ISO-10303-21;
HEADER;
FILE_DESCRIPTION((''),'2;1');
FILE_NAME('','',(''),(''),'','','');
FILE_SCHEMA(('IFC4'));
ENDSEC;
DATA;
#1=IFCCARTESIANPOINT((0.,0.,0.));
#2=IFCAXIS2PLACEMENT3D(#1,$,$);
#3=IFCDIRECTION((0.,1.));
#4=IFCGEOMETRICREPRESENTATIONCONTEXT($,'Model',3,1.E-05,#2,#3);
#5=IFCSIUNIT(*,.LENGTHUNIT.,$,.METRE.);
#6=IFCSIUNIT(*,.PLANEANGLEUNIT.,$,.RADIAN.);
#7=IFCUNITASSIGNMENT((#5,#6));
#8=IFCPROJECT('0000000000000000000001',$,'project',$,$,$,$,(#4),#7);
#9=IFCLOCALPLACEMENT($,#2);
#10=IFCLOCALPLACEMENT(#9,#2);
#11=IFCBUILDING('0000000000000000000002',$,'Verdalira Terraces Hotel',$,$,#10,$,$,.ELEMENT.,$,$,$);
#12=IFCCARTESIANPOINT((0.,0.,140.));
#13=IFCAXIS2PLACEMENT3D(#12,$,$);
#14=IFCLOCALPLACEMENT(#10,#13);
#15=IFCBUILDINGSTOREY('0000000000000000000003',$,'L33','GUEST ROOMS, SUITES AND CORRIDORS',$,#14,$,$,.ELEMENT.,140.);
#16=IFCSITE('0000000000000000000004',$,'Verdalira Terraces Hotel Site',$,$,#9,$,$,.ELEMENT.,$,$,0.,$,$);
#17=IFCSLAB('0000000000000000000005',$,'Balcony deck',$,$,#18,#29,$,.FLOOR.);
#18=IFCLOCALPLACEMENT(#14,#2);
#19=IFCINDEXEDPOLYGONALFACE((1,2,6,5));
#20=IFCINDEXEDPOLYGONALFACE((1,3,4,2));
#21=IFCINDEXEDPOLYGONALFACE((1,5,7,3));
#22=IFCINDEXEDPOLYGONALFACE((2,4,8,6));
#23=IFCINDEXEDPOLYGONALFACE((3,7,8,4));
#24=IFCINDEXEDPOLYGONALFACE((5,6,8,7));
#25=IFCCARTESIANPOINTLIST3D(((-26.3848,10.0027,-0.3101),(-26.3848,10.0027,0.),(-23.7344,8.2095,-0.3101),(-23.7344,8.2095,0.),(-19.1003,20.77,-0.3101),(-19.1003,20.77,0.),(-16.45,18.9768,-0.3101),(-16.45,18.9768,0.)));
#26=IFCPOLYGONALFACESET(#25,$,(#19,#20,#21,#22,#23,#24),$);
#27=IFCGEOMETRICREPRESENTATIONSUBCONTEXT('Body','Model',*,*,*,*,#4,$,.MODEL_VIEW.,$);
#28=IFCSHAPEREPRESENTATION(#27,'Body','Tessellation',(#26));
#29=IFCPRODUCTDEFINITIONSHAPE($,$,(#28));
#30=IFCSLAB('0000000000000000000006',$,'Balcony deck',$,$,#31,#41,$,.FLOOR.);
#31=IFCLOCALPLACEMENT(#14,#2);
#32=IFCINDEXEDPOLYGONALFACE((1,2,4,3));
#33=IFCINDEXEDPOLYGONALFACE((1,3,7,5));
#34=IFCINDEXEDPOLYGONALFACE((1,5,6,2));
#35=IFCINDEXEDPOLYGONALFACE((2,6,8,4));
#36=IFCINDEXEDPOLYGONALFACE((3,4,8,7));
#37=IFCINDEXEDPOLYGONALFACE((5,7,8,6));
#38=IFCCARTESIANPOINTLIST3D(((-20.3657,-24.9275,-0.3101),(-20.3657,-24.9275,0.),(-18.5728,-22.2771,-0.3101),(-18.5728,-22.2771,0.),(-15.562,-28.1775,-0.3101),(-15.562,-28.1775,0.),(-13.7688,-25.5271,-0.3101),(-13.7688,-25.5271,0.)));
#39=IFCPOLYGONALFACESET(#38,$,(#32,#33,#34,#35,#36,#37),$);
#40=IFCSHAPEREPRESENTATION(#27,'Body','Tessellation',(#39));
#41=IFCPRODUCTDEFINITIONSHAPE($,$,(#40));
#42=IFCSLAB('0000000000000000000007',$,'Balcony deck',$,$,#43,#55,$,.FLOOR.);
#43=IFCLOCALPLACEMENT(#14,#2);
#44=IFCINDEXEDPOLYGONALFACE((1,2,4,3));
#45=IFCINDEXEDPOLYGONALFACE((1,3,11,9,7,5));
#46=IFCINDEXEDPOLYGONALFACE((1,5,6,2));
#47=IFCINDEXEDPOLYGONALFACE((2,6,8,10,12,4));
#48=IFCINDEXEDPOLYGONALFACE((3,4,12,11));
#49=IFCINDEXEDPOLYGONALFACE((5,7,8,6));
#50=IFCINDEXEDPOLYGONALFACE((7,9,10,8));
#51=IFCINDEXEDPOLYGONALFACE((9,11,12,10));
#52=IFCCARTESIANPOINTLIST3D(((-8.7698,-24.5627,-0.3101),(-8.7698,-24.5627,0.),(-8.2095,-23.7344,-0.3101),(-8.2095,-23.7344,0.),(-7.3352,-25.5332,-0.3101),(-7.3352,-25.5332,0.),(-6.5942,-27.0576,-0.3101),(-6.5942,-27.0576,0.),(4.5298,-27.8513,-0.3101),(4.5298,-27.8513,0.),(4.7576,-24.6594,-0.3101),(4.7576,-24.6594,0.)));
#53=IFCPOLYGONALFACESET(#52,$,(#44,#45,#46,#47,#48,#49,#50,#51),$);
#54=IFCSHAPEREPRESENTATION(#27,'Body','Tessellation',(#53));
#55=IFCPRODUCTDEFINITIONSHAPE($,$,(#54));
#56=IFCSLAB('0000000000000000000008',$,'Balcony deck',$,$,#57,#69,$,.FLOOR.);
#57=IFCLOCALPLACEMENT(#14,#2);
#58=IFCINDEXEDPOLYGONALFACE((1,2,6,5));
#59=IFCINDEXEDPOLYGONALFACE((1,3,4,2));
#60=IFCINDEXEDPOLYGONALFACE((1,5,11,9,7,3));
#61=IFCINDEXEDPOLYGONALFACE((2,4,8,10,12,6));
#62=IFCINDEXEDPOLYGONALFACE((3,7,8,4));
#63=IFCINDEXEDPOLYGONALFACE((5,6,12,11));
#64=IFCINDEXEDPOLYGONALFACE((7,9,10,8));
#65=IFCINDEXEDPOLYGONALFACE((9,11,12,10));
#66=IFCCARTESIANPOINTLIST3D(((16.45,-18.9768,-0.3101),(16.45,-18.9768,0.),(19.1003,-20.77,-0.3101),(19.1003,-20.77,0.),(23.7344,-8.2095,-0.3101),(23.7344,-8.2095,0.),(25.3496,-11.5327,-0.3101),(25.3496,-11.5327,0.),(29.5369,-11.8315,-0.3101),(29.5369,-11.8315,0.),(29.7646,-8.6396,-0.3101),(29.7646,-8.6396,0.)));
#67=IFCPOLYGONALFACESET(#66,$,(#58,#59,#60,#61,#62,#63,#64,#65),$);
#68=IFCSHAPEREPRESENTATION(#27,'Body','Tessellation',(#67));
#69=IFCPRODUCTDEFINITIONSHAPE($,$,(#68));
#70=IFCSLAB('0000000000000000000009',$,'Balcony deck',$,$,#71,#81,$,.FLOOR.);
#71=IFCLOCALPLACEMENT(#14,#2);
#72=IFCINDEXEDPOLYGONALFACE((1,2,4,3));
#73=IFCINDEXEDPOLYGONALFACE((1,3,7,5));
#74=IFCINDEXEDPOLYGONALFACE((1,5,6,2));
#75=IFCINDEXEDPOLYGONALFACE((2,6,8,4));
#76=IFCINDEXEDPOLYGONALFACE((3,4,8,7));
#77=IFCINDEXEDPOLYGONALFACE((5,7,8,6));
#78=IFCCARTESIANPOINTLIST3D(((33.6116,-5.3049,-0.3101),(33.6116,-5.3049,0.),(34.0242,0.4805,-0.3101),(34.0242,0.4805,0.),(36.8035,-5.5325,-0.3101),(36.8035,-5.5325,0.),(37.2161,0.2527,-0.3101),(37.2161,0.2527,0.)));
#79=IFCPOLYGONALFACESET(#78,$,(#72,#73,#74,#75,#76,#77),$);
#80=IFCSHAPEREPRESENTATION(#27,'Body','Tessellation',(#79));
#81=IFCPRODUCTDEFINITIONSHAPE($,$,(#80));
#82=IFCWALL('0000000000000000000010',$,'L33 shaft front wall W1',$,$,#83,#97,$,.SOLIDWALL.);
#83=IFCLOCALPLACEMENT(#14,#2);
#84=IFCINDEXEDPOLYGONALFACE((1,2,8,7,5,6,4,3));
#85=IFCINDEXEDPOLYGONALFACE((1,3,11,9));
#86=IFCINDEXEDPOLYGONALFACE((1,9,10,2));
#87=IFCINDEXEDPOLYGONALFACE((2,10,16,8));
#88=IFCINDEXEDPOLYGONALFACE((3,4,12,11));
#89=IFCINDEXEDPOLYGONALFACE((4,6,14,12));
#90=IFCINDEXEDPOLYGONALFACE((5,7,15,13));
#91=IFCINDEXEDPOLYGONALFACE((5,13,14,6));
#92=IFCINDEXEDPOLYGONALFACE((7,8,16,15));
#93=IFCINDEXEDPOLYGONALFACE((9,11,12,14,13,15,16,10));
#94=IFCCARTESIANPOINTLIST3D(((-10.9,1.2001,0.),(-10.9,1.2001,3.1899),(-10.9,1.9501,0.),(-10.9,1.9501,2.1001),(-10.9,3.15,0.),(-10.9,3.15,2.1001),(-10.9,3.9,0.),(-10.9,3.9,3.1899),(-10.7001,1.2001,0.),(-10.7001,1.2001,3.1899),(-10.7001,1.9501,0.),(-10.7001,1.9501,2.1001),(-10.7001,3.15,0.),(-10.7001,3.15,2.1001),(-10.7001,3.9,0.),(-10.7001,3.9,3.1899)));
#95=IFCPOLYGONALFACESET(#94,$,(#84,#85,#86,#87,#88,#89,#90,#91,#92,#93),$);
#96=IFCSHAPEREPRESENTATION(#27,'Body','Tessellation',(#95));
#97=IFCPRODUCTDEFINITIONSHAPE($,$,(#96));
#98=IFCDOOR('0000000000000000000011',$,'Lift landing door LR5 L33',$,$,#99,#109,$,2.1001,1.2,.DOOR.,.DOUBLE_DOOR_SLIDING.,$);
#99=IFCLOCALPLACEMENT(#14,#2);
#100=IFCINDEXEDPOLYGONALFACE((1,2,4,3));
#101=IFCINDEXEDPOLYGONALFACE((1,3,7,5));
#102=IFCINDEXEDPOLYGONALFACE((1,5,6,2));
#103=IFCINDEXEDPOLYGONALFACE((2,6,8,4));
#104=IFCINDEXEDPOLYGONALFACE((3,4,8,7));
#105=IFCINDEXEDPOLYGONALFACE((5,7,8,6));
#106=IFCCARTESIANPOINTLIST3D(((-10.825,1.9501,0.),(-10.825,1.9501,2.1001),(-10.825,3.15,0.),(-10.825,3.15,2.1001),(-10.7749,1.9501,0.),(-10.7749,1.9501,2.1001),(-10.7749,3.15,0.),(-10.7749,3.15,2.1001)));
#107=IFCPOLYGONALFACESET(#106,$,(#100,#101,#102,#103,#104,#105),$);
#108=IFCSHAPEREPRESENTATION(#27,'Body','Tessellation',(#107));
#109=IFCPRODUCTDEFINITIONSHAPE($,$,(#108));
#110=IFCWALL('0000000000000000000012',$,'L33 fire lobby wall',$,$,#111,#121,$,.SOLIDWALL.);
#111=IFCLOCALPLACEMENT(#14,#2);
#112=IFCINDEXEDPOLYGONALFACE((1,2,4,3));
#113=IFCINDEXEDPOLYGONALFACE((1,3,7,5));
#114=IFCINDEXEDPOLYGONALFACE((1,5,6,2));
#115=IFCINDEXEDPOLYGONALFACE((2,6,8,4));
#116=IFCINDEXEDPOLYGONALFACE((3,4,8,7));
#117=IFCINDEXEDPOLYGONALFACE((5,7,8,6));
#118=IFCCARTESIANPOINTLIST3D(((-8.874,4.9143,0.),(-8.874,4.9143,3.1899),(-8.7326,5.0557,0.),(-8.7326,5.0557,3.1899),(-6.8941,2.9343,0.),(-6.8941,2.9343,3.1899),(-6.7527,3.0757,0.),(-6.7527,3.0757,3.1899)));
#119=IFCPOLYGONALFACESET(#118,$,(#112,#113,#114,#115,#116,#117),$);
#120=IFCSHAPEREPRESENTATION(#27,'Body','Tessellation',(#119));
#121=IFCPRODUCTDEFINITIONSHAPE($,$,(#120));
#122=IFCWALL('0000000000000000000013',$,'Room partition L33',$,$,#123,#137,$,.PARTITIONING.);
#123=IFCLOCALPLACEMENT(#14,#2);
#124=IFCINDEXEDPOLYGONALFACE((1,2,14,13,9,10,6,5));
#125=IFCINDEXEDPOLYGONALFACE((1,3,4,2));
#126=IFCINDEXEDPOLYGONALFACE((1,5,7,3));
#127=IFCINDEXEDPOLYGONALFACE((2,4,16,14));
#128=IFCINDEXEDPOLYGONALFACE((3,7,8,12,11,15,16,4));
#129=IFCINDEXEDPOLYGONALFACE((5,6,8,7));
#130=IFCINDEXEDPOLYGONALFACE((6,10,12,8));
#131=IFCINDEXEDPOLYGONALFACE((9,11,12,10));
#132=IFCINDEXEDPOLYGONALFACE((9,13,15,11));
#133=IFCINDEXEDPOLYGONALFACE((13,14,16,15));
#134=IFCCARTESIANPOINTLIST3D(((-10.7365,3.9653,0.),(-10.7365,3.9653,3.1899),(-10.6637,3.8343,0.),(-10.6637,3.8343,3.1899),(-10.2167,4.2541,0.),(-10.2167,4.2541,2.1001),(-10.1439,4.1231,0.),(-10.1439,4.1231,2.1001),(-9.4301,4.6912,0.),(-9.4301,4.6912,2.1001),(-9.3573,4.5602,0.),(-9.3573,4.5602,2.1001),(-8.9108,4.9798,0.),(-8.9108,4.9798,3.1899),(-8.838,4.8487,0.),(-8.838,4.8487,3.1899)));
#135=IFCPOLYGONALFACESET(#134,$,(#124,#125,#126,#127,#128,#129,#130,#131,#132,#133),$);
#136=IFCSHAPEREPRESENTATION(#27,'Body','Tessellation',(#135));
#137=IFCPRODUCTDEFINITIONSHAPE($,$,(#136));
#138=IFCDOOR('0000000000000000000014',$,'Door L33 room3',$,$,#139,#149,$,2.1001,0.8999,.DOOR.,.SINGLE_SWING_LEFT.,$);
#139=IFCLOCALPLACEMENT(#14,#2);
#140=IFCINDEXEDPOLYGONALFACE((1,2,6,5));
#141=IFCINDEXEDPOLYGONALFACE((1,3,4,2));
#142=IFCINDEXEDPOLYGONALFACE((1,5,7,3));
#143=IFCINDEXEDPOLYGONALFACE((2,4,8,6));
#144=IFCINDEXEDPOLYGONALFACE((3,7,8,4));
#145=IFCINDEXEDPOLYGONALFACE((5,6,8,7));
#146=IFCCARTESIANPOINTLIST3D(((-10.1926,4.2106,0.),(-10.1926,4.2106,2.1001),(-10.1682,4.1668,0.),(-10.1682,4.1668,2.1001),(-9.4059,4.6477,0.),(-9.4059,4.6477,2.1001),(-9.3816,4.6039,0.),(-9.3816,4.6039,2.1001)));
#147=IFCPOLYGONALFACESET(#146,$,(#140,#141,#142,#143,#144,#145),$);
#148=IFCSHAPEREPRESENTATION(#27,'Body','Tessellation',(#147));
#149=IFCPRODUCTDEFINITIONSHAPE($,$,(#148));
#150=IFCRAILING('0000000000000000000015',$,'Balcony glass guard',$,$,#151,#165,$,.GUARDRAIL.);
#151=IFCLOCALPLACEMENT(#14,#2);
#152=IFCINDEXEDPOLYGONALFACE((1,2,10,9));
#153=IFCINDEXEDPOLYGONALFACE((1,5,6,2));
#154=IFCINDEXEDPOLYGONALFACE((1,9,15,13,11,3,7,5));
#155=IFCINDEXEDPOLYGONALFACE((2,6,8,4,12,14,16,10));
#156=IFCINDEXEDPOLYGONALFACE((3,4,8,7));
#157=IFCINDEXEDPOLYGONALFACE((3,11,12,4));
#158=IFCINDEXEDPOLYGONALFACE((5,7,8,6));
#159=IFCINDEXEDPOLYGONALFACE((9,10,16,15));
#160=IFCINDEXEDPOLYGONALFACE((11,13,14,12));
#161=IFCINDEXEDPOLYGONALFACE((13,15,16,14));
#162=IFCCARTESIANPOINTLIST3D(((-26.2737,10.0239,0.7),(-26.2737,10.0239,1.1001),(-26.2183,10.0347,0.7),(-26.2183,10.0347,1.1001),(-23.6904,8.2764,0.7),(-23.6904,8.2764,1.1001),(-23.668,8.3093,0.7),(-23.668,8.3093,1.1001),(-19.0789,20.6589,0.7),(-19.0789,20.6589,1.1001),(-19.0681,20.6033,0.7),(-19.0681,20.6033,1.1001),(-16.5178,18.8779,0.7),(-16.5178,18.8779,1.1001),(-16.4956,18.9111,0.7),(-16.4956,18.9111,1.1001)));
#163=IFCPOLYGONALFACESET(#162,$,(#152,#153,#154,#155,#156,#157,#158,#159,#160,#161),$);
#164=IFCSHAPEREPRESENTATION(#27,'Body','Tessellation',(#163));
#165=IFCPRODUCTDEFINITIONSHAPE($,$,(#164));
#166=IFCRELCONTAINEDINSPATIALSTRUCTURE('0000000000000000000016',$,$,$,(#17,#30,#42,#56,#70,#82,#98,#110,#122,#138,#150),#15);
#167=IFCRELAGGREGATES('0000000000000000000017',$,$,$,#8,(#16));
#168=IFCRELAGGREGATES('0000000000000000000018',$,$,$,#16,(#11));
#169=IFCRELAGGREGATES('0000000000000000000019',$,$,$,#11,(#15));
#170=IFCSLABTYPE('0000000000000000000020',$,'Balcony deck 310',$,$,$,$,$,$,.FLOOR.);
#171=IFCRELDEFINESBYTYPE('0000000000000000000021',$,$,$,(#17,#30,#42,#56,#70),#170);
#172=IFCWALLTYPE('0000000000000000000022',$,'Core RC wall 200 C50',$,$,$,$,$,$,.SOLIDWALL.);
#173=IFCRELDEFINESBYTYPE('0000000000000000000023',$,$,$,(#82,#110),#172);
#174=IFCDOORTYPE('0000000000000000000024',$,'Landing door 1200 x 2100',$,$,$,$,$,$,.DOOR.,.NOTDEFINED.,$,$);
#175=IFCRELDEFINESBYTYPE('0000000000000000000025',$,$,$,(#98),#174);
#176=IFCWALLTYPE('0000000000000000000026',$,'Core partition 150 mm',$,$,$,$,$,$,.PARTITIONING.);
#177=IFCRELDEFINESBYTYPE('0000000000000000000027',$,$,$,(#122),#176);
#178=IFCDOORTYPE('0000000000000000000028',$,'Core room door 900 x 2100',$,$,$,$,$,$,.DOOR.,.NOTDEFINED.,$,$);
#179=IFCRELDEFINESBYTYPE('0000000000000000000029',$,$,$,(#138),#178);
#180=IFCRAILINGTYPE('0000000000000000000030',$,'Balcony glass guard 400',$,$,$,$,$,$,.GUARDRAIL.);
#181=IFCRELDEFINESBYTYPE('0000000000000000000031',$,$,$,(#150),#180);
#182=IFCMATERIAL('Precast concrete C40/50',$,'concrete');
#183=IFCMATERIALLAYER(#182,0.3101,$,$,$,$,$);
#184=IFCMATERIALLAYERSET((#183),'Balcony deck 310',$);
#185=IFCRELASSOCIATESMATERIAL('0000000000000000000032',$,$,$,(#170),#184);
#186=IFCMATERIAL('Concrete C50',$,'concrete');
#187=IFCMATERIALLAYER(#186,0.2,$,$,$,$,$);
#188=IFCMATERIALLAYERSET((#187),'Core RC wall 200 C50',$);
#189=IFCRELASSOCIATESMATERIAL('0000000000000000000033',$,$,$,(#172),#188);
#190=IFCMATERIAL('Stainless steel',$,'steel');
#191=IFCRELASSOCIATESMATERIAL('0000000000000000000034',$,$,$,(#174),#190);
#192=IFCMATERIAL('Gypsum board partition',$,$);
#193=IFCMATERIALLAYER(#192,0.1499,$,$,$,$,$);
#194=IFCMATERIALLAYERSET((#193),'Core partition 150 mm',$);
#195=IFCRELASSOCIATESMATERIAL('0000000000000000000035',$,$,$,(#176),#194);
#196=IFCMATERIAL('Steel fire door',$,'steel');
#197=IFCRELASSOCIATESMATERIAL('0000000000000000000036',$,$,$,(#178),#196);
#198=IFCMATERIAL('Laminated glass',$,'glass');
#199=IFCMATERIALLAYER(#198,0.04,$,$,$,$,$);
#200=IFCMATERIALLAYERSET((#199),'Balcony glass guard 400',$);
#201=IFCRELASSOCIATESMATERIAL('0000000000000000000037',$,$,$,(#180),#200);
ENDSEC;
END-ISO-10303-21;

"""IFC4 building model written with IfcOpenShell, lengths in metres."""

from ifc_helpers import new_model, si_unit, direction, frame, frame_2d, origin, place, context, subcontext, project, spatial, polyline, rectangle, outline, extrude, material, layer, layer_set, type_object, element, fill, save


model = new_model("IFC4")

# Units and contexts
model_context = context("Model", 3, precision=1e-05, world=origin(), true_north=direction((0.0, 1.0)))
body_context = subcontext(model_context, "Body", "Model", "MODEL_VIEW")
ifc_project = project(units=[si_unit("LENGTHUNIT", "METRE"), si_unit("PLANEANGLEUNIT", "RADIAN")], contexts=[model_context])

# Site, building, storey
site_placement = place(None, origin())
site = spatial("IfcSite", under=ifc_project, at=site_placement, Name="Verdalira Terraces Hotel Site", CompositionType="ELEMENT", RefElevation=0.0)
building_placement = place(site_placement, origin())
building = spatial("IfcBuilding", under=site, at=building_placement, Name="Verdalira Terraces Hotel", CompositionType="ELEMENT")
storey_placement = place(building_placement, frame((0.0, 0.0, 140.0)))
storey = spatial("IfcBuildingStorey", under=building, at=storey_placement, Name="L33", Description="GUEST ROOMS, SUITES AND CORRIDORS", CompositionType="ELEMENT", Elevation=140.0)

# Slabs
ifc_material_1 = material(Name="Precast concrete C40/50", Category="concrete")
ifc_layer_1 = layer(ifc_material_1, 0.3101)
ifc_layer_set_1 = layer_set([ifc_layer_1], Name="Balcony deck 310")
slab_type = type_object("IfcSlabType", Name="Balcony deck 310", PredefinedType="FLOOR", material=ifc_layer_set_1)
slab_1_placement = place(storey_placement, frame((0.0, 0.0, -0.3101)))
element("IfcSlab", 1, at=slab_1_placement, inside=storey, type_object=slab_type, Name="Balcony deck", PredefinedType="FLOOR", context=body_context, shape_type="SweptSolid", body=[
    extrude(outline(polyline([(-26.3848, 10.0027), (-23.7344, 8.2095), (-16.45, 18.9768), (-19.1003, 20.77), (-26.3848, 10.0027)])), origin(), (0.0, 0.0, 1.0), 0.3101),
])
slab_2_placement = place(storey_placement, frame((0.0, 0.0, -0.3101)))
element("IfcSlab", 2, at=slab_2_placement, inside=storey, type_object=slab_type, Name="Balcony deck", PredefinedType="FLOOR", context=body_context, shape_type="SweptSolid", body=[
    extrude(outline(polyline([(-15.562, -28.1775), (-13.7688, -25.5271), (-18.5728, -22.2771), (-20.3657, -24.9275), (-15.562, -28.1775)])), origin(), (0.0, 0.0, 1.0), 0.3101),
])
slab_3_placement = place(storey_placement, frame((0.0, 0.0, -0.3101)))
element("IfcSlab", 3, at=slab_3_placement, inside=storey, type_object=slab_type, Name="Balcony deck", PredefinedType="FLOOR", context=body_context, shape_type="SweptSolid", body=[
    extrude(outline(polyline([(-8.2095, -23.7344), (-8.7698, -24.5627), (-7.3352, -25.5332), (-6.5942, -27.0576), (4.5298, -27.8513), (4.7576, -24.6594), (-8.2095, -23.7344)])), origin(), (0.0, 0.0, 1.0), 0.3101),
])
slab_4_placement = place(storey_placement, frame((0.0, 0.0, -0.3101)))
element("IfcSlab", 4, at=slab_4_placement, inside=storey, type_object=slab_type, Name="Balcony deck", PredefinedType="FLOOR", context=body_context, shape_type="SweptSolid", body=[
    extrude(outline(polyline([(29.5369, -11.8315), (29.7646, -8.6396), (23.7344, -8.2095), (16.45, -18.9768), (19.1003, -20.77), (25.3496, -11.5327), (29.5369, -11.8315)])), origin(), (0.0, 0.0, 1.0), 0.3101),
])
slab_5_placement = place(storey_placement, frame((0.0, 0.0, -0.3101)))
element("IfcSlab", 5, at=slab_5_placement, inside=storey, type_object=slab_type, Name="Balcony deck", PredefinedType="FLOOR", context=body_context, shape_type="SweptSolid", body=[
    extrude(outline(polyline([(37.2161, 0.2527), (34.0242, 0.4805), (33.6116, -5.3049), (36.8035, -5.5325), (37.2161, 0.2527)])), origin(), (0.0, 0.0, 1.0), 0.3101),
])

# Wall, opening, door
ifc_material_2 = material(Name="Concrete C50", Category="concrete")
ifc_layer_2 = layer(ifc_material_2, 0.2)
ifc_layer_set_2 = layer_set([ifc_layer_2], Name="Core RC wall 200 C50")
wall_type_1 = type_object("IfcWallType", Name="Core RC wall 200 C50", PredefinedType="SOLIDWALL", material=ifc_layer_set_2)
wall_1_placement = place(storey_placement, frame((-10.8, 1.2, 0.0), z_axis=(0.0, 0.0, 1.0), x_axis=(0.0, 1.0, 0.0)))
wall_1 = element("IfcWall", 6, at=wall_1_placement, inside=storey, type_object=wall_type_1, Name="L33 shaft front wall W1", PredefinedType="SOLIDWALL", context=body_context, shape_type="SweptSolid", body=[
    extrude(rectangle(XDim=2.7, YDim=0.2, at=frame_2d((1.3501, 0.0))), origin(), (0.0, 0.0, 1.0), 3.1899),
])
opening_1_placement = place(wall_1_placement, frame((0.75, 0.0, 0.0)))
opening_1 = element("IfcOpeningElement", 7, at=opening_1_placement, cuts=wall_1, PredefinedType="OPENING", context=body_context, shape_type="SweptSolid", body=[
    extrude(rectangle(XDim=1.2, YDim=2.1001, at=frame_2d((0.6001, 1.05))), frame((0.0, 0.1099, 0.0), z_axis=(0.0, -1.0, 0.0), x_axis=(1.0, 0.0, 0.0)), (0.0, 0.0, 1.0), 0.22),
])
ifc_material_3 = material(Name="Stainless steel", Category="steel")
door_type_1 = type_object("IfcDoorType", Name="Landing door 1200 x 2100", OperationType="NOTDEFINED", PredefinedType="DOOR", material=ifc_material_3)
door_1_placement = place(opening_1_placement, origin())
door_1 = element("IfcDoor", 8, at=door_1_placement, inside=storey, type_object=door_type_1, Name="Lift landing door LR5 L33", OperationType="DOUBLE_DOOR_SLIDING", OverallHeight=2.1001, OverallWidth=1.2, PredefinedType="DOOR", context=body_context, shape_type="SweptSolid", body=[
    extrude(rectangle(XDim=1.2, YDim=2.1001, at=frame_2d((0.6001, 1.05))), frame((0.0, 0.0249, 0.0), z_axis=(0.0, -1.0, 0.0), x_axis=(1.0, 0.0, 0.0)), (0.0, 0.0, 1.0), 0.05),
])
fill(opening_1, door_1)

# Wall
wall_2_placement = place(storey_placement, frame((-6.8235, 3.0051, 0.0), z_axis=(0.0, 0.0, 1.0), x_axis=(-0.707107, 0.707107, 0.0)))
element("IfcWall", 9, at=wall_2_placement, inside=storey, type_object=wall_type_1, Name="L33 fire lobby wall", PredefinedType="SOLIDWALL", context=body_context, shape_type="SweptSolid", body=[
    extrude(rectangle(XDim=2.8, YDim=0.2, at=frame_2d((1.3999, 0.0))), origin(), (0.0, 0.0, 1.0), 3.1899),
])

# Wall, opening, door
ifc_material_4 = material(Name="Gypsum board partition")
ifc_layer_3 = layer(ifc_material_4, 0.1499)
ifc_layer_set_3 = layer_set([ifc_layer_3], Name="Core partition 150 mm")
wall_type_2 = type_object("IfcWallType", Name="Core partition 150 mm", PredefinedType="PARTITIONING", material=ifc_layer_set_3)
wall_3_placement = place(storey_placement, frame((-8.8743, 4.9143, 0.0), z_axis=(0.0, 0.0, 1.0), x_axis=(-0.87413, -0.485693, 0.0)))
wall_3 = element("IfcWall", 10, at=wall_3_placement, inside=storey, type_object=wall_type_2, Name="Room partition L33", PredefinedType="PARTITIONING", context=body_context, shape_type="SweptSolid", body=[
    extrude(rectangle(XDim=2.0886, YDim=0.1499, at=frame_2d((1.0444, 0.0))), origin(), (0.0, 0.0, 1.0), 3.1899),
])
opening_2_placement = place(wall_3_placement, frame((0.5942, 0.0, 0.0)))
opening_2 = element("IfcOpeningElement", 11, at=opening_2_placement, cuts=wall_3, PredefinedType="OPENING", context=body_context, shape_type="SweptSolid", body=[
    extrude(rectangle(XDim=0.8999, YDim=2.1001, at=frame_2d((0.45, 1.05))), frame((0.0, 0.085, 0.0), z_axis=(0.0, -1.0, 0.0), x_axis=(1.0, 0.0, 0.0)), (0.0, 0.0, 1.0), 0.1699),
])
ifc_material_5 = material(Name="Steel fire door", Category="steel")
door_type_2 = type_object("IfcDoorType", Name="Core room door 900 x 2100", OperationType="NOTDEFINED", PredefinedType="DOOR", material=ifc_material_5)
door_2_placement = place(opening_2_placement, origin())
door_2 = element("IfcDoor", 12, at=door_2_placement, inside=storey, type_object=door_type_2, Name="Door L33 room3", OperationType="SINGLE_SWING_LEFT", OverallHeight=2.1001, OverallWidth=0.8999, PredefinedType="DOOR", context=body_context, shape_type="SweptSolid", body=[
    extrude(rectangle(XDim=0.8999, YDim=2.1001, at=frame_2d((0.45, 1.05))), frame((0.0, 0.0249, 0.0), z_axis=(0.0, -1.0, 0.0), x_axis=(1.0, 0.0, 0.0)), (0.0, 0.0, 1.0), 0.05),
])
fill(opening_2, door_2)

# Railing
ifc_material_6 = material(Name="Laminated glass", Category="glass")
ifc_layer_4 = layer(ifc_material_6, 0.04)
ifc_layer_set_4 = layer_set([ifc_layer_4], Name="Balcony glass guard 400")
railing_type = type_object("IfcRailingType", Name="Balcony glass guard 400", PredefinedType="GUARDRAIL", material=ifc_layer_set_4)
railing_1_placement = place(storey_placement, frame((0.0, 0.0, 0.7)))
element("IfcRailing", 13, at=railing_1_placement, inside=storey, type_object=railing_type, Name="Balcony glass guard", PredefinedType="GUARDRAIL", context=body_context, shape_type="SweptSolid", body=[
    extrude(outline(polyline([(-19.0681, 20.6033), (-26.2183, 10.0347), (-23.668, 8.3093), (-23.6904, 8.2764), (-26.2737, 10.0239), (-19.0789, 20.6589), (-16.4956, 18.9111), (-16.5178, 18.8779), (-19.0681, 20.6033)])), origin(), (0.0, 0.0, 1.0), 0.4001),
])

save(model, "model.ifc")
